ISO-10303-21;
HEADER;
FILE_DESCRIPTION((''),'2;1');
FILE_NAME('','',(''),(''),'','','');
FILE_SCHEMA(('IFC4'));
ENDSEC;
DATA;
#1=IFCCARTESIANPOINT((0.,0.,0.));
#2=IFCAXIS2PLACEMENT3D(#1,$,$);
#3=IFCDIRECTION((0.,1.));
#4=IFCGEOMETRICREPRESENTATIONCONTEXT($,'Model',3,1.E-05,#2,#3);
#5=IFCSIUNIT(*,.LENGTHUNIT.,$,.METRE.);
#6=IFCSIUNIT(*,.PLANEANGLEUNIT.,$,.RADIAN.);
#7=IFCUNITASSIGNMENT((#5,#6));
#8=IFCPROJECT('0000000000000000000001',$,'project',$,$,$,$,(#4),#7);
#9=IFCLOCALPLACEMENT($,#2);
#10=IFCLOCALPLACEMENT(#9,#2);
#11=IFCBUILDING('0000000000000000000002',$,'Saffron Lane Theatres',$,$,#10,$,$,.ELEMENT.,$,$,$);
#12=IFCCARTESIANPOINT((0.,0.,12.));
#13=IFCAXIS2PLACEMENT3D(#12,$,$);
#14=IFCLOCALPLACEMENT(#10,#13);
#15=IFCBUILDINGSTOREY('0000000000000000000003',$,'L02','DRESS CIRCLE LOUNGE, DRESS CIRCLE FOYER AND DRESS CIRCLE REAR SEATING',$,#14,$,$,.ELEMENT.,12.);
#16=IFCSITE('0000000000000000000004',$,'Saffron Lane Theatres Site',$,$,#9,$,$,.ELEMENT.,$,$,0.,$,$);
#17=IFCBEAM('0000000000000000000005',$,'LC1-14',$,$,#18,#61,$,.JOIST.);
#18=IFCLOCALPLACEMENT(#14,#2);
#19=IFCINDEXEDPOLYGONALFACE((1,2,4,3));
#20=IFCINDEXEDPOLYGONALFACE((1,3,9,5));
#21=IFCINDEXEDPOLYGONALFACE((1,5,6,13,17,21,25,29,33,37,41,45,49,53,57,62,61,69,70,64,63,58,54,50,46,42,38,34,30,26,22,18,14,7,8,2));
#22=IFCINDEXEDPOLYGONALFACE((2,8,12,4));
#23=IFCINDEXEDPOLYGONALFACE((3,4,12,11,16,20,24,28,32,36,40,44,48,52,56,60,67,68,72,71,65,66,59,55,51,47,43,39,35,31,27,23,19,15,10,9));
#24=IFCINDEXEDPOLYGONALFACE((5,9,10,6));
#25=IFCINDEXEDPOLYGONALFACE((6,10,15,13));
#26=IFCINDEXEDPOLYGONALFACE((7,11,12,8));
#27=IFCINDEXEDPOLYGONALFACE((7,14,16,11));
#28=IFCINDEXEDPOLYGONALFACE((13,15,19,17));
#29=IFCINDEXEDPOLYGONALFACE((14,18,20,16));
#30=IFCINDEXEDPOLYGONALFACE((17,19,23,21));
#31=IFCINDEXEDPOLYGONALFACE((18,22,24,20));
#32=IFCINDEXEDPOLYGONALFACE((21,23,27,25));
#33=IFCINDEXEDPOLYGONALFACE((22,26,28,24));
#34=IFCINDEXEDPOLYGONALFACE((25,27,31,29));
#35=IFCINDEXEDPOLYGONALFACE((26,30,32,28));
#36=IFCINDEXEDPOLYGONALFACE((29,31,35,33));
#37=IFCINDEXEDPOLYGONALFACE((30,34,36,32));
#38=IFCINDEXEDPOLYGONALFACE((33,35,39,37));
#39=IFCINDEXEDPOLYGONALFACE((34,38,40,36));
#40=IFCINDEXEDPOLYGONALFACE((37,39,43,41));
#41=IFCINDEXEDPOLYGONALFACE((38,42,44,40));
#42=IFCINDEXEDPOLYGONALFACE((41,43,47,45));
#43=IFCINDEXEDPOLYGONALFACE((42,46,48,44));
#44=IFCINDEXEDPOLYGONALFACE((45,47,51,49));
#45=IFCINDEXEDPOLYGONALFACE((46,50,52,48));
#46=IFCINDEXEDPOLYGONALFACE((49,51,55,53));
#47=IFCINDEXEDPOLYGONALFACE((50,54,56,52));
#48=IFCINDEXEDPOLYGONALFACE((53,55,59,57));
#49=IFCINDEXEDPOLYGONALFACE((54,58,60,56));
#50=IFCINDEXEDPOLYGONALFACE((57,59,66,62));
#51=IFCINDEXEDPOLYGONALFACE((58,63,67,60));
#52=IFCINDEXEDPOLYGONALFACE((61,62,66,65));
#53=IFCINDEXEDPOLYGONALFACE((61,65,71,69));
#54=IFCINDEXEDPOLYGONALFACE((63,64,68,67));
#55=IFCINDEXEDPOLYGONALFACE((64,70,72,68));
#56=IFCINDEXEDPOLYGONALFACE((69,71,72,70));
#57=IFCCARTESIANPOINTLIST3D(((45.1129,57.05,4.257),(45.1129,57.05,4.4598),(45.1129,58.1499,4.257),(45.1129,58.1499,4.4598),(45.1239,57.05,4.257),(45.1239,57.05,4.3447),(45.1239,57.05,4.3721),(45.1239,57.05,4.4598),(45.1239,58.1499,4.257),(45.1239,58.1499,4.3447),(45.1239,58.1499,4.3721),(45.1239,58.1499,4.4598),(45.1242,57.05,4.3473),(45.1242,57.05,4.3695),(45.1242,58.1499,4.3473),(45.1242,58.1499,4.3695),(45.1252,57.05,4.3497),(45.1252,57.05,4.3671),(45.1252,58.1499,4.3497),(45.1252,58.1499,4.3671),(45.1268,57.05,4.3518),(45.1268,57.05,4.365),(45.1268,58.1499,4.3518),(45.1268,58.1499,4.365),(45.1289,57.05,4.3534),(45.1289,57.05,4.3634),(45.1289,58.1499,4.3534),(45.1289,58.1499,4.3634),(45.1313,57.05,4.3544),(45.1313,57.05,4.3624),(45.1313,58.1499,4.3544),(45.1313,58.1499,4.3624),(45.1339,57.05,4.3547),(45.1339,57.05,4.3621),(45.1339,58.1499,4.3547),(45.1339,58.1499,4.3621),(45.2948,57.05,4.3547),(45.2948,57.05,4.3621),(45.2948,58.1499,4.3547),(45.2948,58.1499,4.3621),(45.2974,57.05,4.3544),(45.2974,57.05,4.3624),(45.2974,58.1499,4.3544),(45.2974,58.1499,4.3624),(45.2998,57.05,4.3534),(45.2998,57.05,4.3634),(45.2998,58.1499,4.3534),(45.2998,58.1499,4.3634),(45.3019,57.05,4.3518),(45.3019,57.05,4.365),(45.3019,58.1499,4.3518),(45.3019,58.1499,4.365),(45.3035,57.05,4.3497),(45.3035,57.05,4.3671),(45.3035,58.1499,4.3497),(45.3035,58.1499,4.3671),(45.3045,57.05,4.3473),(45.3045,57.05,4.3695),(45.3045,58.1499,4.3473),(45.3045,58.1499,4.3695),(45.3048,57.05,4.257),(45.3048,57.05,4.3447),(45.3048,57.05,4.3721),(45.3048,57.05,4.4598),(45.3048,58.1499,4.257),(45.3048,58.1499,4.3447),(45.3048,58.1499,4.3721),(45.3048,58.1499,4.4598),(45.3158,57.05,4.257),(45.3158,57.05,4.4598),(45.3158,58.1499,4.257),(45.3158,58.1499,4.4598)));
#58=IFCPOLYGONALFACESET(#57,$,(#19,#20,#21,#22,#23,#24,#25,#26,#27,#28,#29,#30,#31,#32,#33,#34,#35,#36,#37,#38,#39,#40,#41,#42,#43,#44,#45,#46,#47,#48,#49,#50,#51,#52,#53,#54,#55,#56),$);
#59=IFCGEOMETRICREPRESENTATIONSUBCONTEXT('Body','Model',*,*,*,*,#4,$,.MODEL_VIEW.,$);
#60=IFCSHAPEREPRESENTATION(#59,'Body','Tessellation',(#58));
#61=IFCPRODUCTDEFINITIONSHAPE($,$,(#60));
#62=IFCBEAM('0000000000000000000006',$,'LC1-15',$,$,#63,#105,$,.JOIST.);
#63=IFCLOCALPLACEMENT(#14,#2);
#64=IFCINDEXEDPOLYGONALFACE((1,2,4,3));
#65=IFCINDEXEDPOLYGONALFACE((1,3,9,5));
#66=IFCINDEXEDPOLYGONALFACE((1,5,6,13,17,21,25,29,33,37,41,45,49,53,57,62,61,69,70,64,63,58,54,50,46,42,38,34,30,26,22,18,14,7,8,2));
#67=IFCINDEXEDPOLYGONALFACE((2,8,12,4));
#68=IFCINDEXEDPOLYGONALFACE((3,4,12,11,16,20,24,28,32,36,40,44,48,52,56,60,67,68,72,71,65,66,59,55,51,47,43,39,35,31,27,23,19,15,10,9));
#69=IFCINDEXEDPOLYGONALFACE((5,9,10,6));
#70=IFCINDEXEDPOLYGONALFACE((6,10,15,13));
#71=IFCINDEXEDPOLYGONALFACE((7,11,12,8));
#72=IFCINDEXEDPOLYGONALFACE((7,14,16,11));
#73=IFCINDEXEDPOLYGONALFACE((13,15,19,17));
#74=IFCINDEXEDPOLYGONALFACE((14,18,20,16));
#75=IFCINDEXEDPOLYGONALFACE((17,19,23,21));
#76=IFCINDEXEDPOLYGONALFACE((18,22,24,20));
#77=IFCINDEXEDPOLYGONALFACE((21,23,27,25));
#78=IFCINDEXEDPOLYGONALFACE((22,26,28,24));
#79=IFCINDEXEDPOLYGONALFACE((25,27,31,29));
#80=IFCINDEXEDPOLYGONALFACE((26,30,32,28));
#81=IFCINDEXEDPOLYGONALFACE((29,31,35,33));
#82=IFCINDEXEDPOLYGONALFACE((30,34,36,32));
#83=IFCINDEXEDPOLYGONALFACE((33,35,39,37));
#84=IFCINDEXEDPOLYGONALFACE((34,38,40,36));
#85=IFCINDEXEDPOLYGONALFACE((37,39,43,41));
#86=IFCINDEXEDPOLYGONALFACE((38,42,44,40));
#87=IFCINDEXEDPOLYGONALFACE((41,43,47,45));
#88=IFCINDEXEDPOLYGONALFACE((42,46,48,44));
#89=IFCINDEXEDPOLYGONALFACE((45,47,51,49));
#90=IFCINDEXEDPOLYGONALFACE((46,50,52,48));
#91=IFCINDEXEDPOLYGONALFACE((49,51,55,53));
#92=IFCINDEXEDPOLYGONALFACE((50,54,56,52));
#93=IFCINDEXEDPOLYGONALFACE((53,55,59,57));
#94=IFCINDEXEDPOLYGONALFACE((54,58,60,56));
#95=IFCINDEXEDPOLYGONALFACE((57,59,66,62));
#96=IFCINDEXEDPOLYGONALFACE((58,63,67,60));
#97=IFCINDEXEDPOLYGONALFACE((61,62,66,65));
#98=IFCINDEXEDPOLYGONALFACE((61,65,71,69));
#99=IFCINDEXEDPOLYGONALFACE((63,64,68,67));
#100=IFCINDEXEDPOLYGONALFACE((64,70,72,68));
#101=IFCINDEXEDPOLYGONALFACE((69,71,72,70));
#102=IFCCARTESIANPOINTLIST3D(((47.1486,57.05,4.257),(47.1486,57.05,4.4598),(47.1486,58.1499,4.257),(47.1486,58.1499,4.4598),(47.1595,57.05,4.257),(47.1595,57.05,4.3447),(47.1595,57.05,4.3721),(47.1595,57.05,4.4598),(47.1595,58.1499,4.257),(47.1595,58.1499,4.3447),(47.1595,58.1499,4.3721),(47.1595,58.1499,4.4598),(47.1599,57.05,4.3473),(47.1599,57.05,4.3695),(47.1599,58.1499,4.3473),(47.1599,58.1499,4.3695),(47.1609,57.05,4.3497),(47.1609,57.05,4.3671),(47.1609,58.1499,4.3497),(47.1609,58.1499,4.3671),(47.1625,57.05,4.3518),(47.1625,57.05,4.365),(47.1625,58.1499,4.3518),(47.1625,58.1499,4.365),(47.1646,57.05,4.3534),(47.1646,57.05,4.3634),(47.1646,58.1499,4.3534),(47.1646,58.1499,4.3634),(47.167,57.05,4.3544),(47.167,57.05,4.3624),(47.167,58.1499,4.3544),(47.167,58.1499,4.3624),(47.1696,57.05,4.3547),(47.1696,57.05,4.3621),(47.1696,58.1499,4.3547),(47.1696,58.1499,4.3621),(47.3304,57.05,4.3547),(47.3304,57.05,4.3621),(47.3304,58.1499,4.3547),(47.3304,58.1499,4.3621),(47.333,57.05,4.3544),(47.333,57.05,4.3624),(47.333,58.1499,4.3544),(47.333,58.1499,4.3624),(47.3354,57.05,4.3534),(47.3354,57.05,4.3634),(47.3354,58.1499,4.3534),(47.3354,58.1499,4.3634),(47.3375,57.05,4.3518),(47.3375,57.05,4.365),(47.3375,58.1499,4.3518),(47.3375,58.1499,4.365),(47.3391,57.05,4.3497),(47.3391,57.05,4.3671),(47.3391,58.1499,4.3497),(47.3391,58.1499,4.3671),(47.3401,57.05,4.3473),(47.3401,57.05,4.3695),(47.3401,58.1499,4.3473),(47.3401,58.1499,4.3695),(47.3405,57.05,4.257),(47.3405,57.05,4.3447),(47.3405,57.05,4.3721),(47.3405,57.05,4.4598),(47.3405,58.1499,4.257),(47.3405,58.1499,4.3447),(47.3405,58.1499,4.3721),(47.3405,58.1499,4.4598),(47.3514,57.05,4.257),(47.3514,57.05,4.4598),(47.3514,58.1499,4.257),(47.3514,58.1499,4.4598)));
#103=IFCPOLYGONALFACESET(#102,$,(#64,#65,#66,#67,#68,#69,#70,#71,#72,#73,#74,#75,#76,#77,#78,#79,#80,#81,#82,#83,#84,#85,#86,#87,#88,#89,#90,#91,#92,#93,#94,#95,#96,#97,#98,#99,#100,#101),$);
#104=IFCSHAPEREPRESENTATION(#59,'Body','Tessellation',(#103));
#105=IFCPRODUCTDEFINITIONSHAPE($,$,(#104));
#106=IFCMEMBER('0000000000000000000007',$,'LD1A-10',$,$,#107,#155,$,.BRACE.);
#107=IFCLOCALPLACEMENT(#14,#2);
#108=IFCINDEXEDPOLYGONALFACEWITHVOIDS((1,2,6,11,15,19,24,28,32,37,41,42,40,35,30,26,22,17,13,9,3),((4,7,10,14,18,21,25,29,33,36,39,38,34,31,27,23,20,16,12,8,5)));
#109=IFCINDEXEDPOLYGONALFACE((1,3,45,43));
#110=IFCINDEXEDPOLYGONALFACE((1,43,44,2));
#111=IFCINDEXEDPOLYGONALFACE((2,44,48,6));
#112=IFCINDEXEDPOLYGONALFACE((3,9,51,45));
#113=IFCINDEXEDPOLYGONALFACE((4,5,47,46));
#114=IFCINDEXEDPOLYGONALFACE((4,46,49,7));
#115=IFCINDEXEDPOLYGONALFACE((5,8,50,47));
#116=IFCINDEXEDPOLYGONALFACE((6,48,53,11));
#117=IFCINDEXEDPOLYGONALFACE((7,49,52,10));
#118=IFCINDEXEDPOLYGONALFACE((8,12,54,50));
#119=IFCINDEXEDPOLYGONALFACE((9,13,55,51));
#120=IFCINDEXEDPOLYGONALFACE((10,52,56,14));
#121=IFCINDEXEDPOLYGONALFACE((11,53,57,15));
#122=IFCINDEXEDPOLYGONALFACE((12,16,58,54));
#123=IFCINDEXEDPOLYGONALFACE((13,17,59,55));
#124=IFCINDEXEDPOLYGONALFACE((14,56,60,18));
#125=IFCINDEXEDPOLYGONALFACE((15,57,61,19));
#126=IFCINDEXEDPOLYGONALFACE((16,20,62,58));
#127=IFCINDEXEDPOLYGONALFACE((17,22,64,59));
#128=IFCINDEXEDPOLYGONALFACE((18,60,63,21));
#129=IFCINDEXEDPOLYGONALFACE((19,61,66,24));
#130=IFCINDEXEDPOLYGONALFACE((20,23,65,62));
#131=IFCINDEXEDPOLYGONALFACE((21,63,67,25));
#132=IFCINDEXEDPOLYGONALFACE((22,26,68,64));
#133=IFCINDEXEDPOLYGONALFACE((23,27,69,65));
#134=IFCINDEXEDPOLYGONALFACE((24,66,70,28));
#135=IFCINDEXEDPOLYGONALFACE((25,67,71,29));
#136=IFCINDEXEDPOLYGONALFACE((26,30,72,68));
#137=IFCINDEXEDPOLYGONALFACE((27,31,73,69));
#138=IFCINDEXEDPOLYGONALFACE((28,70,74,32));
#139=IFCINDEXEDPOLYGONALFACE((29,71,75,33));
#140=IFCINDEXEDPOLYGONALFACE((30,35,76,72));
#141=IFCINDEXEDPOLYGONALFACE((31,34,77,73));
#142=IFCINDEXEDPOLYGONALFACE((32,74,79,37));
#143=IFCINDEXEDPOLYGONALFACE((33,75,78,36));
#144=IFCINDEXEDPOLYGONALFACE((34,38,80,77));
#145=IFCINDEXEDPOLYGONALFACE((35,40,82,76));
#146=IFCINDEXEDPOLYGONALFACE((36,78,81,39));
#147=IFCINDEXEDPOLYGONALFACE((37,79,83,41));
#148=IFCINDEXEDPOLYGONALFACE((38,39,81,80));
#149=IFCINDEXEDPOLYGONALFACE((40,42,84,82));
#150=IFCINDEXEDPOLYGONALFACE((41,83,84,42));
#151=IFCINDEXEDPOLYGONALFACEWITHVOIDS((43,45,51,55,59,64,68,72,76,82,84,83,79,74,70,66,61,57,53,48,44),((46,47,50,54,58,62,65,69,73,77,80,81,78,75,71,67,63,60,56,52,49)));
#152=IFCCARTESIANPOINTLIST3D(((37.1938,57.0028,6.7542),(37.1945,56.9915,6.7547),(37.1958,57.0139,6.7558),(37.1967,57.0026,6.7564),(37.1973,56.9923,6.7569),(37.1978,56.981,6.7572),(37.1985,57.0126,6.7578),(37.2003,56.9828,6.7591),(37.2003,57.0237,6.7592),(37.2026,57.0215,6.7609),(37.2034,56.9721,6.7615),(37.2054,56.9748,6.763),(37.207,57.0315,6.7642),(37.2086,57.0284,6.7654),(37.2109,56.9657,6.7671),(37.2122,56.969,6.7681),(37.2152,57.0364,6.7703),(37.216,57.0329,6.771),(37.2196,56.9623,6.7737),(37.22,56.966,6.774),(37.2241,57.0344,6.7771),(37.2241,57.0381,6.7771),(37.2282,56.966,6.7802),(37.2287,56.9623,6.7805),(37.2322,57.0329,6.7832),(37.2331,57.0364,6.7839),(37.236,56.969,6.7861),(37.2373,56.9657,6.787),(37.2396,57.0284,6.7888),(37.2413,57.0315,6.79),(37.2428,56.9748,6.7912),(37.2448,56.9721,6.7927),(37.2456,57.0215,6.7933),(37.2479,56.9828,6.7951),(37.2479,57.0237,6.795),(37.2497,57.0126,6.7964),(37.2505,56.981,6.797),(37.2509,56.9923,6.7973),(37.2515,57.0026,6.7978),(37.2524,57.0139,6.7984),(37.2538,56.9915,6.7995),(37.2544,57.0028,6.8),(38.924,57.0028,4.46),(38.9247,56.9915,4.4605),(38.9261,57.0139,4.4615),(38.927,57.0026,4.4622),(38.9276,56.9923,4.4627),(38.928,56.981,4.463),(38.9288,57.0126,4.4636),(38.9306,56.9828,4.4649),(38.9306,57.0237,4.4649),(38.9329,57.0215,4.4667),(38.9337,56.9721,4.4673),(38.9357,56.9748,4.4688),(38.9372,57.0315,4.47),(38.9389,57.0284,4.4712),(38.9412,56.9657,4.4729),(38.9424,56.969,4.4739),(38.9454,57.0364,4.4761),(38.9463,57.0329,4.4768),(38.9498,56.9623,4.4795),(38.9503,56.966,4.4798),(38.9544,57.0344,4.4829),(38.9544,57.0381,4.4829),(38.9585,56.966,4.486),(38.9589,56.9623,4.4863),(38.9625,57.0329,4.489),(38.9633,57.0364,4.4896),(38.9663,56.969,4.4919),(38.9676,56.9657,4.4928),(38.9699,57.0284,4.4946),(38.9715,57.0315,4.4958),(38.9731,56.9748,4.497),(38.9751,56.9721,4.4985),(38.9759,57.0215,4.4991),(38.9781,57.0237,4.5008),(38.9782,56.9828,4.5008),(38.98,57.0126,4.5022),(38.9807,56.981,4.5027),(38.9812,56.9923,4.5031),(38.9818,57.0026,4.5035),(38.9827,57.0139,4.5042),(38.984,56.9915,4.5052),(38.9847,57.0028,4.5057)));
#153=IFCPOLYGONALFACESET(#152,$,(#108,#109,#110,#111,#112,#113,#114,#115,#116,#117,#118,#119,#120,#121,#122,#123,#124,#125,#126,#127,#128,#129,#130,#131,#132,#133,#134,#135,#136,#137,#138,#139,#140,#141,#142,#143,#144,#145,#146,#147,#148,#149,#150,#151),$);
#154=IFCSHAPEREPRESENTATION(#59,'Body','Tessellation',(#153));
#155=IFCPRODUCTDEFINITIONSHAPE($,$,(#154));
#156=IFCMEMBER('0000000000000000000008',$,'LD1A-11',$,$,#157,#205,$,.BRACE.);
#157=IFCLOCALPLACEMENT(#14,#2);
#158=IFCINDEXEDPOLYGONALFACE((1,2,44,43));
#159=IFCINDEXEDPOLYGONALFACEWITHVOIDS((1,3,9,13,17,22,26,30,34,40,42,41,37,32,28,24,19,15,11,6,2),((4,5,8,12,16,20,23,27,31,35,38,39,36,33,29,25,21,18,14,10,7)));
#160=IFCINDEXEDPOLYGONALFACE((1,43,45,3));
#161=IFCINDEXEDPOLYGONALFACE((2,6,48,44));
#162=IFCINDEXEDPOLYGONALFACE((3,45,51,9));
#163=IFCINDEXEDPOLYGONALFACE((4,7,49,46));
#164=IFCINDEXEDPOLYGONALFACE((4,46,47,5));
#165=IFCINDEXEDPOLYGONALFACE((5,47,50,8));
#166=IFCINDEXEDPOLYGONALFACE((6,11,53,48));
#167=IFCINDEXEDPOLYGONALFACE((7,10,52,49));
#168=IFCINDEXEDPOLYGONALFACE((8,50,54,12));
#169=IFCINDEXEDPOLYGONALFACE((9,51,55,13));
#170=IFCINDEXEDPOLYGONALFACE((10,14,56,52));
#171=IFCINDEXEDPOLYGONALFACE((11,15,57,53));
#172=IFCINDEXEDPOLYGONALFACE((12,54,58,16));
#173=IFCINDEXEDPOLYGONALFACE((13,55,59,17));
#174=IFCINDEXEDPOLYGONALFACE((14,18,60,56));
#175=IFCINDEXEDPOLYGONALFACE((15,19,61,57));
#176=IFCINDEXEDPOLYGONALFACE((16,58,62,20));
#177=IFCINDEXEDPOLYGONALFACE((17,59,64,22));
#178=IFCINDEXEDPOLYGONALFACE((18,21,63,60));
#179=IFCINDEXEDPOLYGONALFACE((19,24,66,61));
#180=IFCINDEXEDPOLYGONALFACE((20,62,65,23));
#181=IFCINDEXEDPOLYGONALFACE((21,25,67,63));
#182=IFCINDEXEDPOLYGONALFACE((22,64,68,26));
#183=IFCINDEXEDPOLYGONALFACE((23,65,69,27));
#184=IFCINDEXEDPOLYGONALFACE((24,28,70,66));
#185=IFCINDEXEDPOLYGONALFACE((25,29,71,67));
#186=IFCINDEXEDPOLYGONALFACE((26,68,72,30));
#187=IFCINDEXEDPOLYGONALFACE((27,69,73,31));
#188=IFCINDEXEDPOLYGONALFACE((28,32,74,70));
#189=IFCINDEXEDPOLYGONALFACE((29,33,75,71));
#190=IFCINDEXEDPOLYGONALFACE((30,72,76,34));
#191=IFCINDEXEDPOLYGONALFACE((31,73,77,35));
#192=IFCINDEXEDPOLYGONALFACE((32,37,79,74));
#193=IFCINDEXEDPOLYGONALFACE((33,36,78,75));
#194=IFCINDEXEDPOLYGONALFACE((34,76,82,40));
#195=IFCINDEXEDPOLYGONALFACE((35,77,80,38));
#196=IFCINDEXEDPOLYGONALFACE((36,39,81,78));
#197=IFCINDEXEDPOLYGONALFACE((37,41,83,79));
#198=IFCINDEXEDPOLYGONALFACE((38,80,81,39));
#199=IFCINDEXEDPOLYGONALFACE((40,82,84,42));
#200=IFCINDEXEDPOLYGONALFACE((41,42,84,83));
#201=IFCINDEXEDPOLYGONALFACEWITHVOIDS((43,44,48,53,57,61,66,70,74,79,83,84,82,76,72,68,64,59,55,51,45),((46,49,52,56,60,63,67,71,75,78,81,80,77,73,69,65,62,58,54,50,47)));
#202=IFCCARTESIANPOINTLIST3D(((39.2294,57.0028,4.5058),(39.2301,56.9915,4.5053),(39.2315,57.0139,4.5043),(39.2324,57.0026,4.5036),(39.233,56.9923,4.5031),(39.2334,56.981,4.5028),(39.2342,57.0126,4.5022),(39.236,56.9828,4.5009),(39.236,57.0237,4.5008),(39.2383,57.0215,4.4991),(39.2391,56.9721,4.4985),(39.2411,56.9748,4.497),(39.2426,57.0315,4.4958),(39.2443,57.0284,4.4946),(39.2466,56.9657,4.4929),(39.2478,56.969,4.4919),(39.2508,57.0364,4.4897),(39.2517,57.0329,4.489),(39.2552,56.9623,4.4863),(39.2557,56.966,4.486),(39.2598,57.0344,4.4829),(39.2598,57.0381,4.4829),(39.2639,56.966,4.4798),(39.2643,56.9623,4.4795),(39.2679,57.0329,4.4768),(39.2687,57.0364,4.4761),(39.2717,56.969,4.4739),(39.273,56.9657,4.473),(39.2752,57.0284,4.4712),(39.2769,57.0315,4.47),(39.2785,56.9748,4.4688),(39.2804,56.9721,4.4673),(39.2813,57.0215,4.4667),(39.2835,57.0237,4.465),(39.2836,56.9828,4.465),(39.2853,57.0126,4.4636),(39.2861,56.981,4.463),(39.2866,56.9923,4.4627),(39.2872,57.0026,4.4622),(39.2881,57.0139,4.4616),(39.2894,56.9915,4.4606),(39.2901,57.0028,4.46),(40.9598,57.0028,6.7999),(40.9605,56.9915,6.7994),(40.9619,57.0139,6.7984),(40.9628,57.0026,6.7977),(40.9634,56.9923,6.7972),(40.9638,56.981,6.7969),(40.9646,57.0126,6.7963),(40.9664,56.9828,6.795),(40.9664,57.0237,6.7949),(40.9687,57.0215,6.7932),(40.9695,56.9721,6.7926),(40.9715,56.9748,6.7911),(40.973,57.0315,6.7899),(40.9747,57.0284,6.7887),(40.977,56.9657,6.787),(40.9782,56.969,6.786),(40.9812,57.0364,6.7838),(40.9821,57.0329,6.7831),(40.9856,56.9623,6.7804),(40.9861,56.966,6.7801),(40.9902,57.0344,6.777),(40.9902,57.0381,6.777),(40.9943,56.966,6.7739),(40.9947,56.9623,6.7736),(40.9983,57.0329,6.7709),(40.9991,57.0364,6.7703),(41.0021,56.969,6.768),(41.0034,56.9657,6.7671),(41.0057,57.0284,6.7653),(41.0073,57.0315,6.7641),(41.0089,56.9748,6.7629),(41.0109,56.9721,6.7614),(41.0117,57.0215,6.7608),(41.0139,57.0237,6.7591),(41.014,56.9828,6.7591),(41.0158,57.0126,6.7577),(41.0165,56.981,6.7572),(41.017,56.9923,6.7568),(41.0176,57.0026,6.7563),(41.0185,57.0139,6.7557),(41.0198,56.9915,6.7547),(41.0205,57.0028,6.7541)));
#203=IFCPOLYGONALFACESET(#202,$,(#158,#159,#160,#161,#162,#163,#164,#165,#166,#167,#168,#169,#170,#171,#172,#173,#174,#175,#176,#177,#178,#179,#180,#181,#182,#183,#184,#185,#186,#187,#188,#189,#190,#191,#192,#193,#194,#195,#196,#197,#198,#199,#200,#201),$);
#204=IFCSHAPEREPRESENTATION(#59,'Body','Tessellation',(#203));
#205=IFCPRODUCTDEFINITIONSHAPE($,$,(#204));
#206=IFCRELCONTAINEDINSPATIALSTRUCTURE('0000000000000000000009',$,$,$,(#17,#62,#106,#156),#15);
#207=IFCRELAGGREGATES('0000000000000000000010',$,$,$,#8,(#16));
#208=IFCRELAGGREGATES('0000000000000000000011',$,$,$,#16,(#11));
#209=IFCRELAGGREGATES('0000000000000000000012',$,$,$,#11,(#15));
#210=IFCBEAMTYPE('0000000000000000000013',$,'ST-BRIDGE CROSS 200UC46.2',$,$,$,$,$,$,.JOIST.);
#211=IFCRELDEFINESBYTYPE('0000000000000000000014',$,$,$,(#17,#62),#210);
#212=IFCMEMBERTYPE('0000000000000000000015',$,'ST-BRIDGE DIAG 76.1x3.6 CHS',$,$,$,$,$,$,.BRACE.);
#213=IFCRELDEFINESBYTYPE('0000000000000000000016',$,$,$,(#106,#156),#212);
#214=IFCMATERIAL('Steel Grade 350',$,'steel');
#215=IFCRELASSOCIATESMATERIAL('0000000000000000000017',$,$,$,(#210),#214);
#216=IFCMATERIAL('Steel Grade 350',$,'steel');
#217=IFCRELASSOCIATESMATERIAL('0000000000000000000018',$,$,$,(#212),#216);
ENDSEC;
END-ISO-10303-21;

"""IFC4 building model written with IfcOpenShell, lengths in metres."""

from ifc_helpers import new_model, si_unit, direction, frame, origin, origin_2d, place, context, subcontext, project, spatial, hollow_circle, i_section, extrude, material, material_profile, profile_set, type_object, element, save


model = new_model("IFC4")

# Units and contexts
model_context = context("Model", 3, precision=1e-05, world=origin(), true_north=direction((0.0, 1.0)))
body_context = subcontext(model_context, "Body", "Model", "MODEL_VIEW")
ifc_project = project(units=[si_unit("LENGTHUNIT", "METRE"), si_unit("PLANEANGLEUNIT", "RADIAN")], contexts=[model_context])

# Site, building, storey
site_placement = place(None, origin())
site = spatial("IfcSite", under=ifc_project, at=site_placement, Name="Saffron Lane Theatres Site", CompositionType="ELEMENT", RefElevation=0.0)
building_placement = place(site_placement, origin())
building = spatial("IfcBuilding", under=site, at=building_placement, Name="Saffron Lane Theatres", CompositionType="ELEMENT")
storey_placement = place(building_placement, frame((0.0, 0.0, 12.0)))
storey = spatial("IfcBuildingStorey", under=building, at=storey_placement, Name="L02", Description="DRESS CIRCLE LOUNGE, DRESS CIRCLE FOYER AND DRESS CIRCLE REAR SEATING", CompositionType="ELEMENT", Elevation=12.0)

# Beams
ifc_material_1 = material(Name="Steel Grade 350", Category="steel")
ifc_material_profile_1 = material_profile(ifc_material_1, i_section(OverallWidth=0.2029, OverallDepth=0.2029, WebThickness=0.0073, FlangeThickness=0.011, FilletRadius=0.01, at=origin_2d()))
ifc_profile_set_1 = profile_set([ifc_material_profile_1], Name="Steel Grade 350")
beam_type_1 = type_object("IfcBeamType", Name="ST-BRIDGE CROSS 200UC46.2", PredefinedType="JOIST", material=ifc_profile_set_1)
for number, where, z_axis, x_axis, name in (
    (1, (45.2144, 57.05, 4.3584), (0.0, 1.0, 0.0), (0.0, 0.0, 1.0), "LC1-14"),
    (2, (47.25, 57.05, 4.3584), (0.0, 1.0, 0.0), (0.0, 0.0, 1.0), "LC1-15"),
):
    element("IfcBeam", number, at=place(storey_placement, frame(where, z_axis=z_axis, x_axis=x_axis)), inside=storey, type_object=beam_type_1, Name=name, PredefinedType="JOIST", context=body_context, shape_type="SweptSolid", body=[
        extrude(i_section(OverallWidth=0.2029, OverallDepth=0.2029, WebThickness=0.0073, FlangeThickness=0.011, FilletRadius=0.01, at=origin_2d()), origin(), (0.0, 0.0, 1.0), 1.0999),
    ])

# Members
ifc_material_2 = material(Name="Steel Grade 350", Category="steel")
ifc_material_profile_2 = material_profile(ifc_material_2, hollow_circle(Radius=0.0381, WallThickness=0.0037, at=origin_2d()))
ifc_profile_set_2 = profile_set([ifc_material_profile_2], Name="Steel Grade 350")
member_type = type_object("IfcMemberType", Name="ST-BRIDGE DIAG 76.1x3.6 CHS", PredefinedType="BRACE", material=ifc_profile_set_2)
for number, where, z_axis, x_axis, name in (
    (3, (37.2241, 57.0, 6.7771), (0.602132, 0.0, -0.798396), (0.0, 1.0, 0.0), "LD1A-10"),
    (4, (39.2598, 57.0, 4.4829), (0.602186, 0.0, 0.798356), (0.0, 1.0, 0.0), "LD1A-11"),
):
    element("IfcMember", number, at=place(storey_placement, frame(where, z_axis=z_axis, x_axis=x_axis)), inside=storey, type_object=member_type, Name=name, PredefinedType="BRACE", context=body_context, shape_type="SweptSolid", body=[
        extrude(hollow_circle(Radius=0.0381, WallThickness=0.0037, at=origin_2d()), origin(), (0.0, 0.0, 1.0), 2.8735),
    ])

save(model, "model.ifc")
